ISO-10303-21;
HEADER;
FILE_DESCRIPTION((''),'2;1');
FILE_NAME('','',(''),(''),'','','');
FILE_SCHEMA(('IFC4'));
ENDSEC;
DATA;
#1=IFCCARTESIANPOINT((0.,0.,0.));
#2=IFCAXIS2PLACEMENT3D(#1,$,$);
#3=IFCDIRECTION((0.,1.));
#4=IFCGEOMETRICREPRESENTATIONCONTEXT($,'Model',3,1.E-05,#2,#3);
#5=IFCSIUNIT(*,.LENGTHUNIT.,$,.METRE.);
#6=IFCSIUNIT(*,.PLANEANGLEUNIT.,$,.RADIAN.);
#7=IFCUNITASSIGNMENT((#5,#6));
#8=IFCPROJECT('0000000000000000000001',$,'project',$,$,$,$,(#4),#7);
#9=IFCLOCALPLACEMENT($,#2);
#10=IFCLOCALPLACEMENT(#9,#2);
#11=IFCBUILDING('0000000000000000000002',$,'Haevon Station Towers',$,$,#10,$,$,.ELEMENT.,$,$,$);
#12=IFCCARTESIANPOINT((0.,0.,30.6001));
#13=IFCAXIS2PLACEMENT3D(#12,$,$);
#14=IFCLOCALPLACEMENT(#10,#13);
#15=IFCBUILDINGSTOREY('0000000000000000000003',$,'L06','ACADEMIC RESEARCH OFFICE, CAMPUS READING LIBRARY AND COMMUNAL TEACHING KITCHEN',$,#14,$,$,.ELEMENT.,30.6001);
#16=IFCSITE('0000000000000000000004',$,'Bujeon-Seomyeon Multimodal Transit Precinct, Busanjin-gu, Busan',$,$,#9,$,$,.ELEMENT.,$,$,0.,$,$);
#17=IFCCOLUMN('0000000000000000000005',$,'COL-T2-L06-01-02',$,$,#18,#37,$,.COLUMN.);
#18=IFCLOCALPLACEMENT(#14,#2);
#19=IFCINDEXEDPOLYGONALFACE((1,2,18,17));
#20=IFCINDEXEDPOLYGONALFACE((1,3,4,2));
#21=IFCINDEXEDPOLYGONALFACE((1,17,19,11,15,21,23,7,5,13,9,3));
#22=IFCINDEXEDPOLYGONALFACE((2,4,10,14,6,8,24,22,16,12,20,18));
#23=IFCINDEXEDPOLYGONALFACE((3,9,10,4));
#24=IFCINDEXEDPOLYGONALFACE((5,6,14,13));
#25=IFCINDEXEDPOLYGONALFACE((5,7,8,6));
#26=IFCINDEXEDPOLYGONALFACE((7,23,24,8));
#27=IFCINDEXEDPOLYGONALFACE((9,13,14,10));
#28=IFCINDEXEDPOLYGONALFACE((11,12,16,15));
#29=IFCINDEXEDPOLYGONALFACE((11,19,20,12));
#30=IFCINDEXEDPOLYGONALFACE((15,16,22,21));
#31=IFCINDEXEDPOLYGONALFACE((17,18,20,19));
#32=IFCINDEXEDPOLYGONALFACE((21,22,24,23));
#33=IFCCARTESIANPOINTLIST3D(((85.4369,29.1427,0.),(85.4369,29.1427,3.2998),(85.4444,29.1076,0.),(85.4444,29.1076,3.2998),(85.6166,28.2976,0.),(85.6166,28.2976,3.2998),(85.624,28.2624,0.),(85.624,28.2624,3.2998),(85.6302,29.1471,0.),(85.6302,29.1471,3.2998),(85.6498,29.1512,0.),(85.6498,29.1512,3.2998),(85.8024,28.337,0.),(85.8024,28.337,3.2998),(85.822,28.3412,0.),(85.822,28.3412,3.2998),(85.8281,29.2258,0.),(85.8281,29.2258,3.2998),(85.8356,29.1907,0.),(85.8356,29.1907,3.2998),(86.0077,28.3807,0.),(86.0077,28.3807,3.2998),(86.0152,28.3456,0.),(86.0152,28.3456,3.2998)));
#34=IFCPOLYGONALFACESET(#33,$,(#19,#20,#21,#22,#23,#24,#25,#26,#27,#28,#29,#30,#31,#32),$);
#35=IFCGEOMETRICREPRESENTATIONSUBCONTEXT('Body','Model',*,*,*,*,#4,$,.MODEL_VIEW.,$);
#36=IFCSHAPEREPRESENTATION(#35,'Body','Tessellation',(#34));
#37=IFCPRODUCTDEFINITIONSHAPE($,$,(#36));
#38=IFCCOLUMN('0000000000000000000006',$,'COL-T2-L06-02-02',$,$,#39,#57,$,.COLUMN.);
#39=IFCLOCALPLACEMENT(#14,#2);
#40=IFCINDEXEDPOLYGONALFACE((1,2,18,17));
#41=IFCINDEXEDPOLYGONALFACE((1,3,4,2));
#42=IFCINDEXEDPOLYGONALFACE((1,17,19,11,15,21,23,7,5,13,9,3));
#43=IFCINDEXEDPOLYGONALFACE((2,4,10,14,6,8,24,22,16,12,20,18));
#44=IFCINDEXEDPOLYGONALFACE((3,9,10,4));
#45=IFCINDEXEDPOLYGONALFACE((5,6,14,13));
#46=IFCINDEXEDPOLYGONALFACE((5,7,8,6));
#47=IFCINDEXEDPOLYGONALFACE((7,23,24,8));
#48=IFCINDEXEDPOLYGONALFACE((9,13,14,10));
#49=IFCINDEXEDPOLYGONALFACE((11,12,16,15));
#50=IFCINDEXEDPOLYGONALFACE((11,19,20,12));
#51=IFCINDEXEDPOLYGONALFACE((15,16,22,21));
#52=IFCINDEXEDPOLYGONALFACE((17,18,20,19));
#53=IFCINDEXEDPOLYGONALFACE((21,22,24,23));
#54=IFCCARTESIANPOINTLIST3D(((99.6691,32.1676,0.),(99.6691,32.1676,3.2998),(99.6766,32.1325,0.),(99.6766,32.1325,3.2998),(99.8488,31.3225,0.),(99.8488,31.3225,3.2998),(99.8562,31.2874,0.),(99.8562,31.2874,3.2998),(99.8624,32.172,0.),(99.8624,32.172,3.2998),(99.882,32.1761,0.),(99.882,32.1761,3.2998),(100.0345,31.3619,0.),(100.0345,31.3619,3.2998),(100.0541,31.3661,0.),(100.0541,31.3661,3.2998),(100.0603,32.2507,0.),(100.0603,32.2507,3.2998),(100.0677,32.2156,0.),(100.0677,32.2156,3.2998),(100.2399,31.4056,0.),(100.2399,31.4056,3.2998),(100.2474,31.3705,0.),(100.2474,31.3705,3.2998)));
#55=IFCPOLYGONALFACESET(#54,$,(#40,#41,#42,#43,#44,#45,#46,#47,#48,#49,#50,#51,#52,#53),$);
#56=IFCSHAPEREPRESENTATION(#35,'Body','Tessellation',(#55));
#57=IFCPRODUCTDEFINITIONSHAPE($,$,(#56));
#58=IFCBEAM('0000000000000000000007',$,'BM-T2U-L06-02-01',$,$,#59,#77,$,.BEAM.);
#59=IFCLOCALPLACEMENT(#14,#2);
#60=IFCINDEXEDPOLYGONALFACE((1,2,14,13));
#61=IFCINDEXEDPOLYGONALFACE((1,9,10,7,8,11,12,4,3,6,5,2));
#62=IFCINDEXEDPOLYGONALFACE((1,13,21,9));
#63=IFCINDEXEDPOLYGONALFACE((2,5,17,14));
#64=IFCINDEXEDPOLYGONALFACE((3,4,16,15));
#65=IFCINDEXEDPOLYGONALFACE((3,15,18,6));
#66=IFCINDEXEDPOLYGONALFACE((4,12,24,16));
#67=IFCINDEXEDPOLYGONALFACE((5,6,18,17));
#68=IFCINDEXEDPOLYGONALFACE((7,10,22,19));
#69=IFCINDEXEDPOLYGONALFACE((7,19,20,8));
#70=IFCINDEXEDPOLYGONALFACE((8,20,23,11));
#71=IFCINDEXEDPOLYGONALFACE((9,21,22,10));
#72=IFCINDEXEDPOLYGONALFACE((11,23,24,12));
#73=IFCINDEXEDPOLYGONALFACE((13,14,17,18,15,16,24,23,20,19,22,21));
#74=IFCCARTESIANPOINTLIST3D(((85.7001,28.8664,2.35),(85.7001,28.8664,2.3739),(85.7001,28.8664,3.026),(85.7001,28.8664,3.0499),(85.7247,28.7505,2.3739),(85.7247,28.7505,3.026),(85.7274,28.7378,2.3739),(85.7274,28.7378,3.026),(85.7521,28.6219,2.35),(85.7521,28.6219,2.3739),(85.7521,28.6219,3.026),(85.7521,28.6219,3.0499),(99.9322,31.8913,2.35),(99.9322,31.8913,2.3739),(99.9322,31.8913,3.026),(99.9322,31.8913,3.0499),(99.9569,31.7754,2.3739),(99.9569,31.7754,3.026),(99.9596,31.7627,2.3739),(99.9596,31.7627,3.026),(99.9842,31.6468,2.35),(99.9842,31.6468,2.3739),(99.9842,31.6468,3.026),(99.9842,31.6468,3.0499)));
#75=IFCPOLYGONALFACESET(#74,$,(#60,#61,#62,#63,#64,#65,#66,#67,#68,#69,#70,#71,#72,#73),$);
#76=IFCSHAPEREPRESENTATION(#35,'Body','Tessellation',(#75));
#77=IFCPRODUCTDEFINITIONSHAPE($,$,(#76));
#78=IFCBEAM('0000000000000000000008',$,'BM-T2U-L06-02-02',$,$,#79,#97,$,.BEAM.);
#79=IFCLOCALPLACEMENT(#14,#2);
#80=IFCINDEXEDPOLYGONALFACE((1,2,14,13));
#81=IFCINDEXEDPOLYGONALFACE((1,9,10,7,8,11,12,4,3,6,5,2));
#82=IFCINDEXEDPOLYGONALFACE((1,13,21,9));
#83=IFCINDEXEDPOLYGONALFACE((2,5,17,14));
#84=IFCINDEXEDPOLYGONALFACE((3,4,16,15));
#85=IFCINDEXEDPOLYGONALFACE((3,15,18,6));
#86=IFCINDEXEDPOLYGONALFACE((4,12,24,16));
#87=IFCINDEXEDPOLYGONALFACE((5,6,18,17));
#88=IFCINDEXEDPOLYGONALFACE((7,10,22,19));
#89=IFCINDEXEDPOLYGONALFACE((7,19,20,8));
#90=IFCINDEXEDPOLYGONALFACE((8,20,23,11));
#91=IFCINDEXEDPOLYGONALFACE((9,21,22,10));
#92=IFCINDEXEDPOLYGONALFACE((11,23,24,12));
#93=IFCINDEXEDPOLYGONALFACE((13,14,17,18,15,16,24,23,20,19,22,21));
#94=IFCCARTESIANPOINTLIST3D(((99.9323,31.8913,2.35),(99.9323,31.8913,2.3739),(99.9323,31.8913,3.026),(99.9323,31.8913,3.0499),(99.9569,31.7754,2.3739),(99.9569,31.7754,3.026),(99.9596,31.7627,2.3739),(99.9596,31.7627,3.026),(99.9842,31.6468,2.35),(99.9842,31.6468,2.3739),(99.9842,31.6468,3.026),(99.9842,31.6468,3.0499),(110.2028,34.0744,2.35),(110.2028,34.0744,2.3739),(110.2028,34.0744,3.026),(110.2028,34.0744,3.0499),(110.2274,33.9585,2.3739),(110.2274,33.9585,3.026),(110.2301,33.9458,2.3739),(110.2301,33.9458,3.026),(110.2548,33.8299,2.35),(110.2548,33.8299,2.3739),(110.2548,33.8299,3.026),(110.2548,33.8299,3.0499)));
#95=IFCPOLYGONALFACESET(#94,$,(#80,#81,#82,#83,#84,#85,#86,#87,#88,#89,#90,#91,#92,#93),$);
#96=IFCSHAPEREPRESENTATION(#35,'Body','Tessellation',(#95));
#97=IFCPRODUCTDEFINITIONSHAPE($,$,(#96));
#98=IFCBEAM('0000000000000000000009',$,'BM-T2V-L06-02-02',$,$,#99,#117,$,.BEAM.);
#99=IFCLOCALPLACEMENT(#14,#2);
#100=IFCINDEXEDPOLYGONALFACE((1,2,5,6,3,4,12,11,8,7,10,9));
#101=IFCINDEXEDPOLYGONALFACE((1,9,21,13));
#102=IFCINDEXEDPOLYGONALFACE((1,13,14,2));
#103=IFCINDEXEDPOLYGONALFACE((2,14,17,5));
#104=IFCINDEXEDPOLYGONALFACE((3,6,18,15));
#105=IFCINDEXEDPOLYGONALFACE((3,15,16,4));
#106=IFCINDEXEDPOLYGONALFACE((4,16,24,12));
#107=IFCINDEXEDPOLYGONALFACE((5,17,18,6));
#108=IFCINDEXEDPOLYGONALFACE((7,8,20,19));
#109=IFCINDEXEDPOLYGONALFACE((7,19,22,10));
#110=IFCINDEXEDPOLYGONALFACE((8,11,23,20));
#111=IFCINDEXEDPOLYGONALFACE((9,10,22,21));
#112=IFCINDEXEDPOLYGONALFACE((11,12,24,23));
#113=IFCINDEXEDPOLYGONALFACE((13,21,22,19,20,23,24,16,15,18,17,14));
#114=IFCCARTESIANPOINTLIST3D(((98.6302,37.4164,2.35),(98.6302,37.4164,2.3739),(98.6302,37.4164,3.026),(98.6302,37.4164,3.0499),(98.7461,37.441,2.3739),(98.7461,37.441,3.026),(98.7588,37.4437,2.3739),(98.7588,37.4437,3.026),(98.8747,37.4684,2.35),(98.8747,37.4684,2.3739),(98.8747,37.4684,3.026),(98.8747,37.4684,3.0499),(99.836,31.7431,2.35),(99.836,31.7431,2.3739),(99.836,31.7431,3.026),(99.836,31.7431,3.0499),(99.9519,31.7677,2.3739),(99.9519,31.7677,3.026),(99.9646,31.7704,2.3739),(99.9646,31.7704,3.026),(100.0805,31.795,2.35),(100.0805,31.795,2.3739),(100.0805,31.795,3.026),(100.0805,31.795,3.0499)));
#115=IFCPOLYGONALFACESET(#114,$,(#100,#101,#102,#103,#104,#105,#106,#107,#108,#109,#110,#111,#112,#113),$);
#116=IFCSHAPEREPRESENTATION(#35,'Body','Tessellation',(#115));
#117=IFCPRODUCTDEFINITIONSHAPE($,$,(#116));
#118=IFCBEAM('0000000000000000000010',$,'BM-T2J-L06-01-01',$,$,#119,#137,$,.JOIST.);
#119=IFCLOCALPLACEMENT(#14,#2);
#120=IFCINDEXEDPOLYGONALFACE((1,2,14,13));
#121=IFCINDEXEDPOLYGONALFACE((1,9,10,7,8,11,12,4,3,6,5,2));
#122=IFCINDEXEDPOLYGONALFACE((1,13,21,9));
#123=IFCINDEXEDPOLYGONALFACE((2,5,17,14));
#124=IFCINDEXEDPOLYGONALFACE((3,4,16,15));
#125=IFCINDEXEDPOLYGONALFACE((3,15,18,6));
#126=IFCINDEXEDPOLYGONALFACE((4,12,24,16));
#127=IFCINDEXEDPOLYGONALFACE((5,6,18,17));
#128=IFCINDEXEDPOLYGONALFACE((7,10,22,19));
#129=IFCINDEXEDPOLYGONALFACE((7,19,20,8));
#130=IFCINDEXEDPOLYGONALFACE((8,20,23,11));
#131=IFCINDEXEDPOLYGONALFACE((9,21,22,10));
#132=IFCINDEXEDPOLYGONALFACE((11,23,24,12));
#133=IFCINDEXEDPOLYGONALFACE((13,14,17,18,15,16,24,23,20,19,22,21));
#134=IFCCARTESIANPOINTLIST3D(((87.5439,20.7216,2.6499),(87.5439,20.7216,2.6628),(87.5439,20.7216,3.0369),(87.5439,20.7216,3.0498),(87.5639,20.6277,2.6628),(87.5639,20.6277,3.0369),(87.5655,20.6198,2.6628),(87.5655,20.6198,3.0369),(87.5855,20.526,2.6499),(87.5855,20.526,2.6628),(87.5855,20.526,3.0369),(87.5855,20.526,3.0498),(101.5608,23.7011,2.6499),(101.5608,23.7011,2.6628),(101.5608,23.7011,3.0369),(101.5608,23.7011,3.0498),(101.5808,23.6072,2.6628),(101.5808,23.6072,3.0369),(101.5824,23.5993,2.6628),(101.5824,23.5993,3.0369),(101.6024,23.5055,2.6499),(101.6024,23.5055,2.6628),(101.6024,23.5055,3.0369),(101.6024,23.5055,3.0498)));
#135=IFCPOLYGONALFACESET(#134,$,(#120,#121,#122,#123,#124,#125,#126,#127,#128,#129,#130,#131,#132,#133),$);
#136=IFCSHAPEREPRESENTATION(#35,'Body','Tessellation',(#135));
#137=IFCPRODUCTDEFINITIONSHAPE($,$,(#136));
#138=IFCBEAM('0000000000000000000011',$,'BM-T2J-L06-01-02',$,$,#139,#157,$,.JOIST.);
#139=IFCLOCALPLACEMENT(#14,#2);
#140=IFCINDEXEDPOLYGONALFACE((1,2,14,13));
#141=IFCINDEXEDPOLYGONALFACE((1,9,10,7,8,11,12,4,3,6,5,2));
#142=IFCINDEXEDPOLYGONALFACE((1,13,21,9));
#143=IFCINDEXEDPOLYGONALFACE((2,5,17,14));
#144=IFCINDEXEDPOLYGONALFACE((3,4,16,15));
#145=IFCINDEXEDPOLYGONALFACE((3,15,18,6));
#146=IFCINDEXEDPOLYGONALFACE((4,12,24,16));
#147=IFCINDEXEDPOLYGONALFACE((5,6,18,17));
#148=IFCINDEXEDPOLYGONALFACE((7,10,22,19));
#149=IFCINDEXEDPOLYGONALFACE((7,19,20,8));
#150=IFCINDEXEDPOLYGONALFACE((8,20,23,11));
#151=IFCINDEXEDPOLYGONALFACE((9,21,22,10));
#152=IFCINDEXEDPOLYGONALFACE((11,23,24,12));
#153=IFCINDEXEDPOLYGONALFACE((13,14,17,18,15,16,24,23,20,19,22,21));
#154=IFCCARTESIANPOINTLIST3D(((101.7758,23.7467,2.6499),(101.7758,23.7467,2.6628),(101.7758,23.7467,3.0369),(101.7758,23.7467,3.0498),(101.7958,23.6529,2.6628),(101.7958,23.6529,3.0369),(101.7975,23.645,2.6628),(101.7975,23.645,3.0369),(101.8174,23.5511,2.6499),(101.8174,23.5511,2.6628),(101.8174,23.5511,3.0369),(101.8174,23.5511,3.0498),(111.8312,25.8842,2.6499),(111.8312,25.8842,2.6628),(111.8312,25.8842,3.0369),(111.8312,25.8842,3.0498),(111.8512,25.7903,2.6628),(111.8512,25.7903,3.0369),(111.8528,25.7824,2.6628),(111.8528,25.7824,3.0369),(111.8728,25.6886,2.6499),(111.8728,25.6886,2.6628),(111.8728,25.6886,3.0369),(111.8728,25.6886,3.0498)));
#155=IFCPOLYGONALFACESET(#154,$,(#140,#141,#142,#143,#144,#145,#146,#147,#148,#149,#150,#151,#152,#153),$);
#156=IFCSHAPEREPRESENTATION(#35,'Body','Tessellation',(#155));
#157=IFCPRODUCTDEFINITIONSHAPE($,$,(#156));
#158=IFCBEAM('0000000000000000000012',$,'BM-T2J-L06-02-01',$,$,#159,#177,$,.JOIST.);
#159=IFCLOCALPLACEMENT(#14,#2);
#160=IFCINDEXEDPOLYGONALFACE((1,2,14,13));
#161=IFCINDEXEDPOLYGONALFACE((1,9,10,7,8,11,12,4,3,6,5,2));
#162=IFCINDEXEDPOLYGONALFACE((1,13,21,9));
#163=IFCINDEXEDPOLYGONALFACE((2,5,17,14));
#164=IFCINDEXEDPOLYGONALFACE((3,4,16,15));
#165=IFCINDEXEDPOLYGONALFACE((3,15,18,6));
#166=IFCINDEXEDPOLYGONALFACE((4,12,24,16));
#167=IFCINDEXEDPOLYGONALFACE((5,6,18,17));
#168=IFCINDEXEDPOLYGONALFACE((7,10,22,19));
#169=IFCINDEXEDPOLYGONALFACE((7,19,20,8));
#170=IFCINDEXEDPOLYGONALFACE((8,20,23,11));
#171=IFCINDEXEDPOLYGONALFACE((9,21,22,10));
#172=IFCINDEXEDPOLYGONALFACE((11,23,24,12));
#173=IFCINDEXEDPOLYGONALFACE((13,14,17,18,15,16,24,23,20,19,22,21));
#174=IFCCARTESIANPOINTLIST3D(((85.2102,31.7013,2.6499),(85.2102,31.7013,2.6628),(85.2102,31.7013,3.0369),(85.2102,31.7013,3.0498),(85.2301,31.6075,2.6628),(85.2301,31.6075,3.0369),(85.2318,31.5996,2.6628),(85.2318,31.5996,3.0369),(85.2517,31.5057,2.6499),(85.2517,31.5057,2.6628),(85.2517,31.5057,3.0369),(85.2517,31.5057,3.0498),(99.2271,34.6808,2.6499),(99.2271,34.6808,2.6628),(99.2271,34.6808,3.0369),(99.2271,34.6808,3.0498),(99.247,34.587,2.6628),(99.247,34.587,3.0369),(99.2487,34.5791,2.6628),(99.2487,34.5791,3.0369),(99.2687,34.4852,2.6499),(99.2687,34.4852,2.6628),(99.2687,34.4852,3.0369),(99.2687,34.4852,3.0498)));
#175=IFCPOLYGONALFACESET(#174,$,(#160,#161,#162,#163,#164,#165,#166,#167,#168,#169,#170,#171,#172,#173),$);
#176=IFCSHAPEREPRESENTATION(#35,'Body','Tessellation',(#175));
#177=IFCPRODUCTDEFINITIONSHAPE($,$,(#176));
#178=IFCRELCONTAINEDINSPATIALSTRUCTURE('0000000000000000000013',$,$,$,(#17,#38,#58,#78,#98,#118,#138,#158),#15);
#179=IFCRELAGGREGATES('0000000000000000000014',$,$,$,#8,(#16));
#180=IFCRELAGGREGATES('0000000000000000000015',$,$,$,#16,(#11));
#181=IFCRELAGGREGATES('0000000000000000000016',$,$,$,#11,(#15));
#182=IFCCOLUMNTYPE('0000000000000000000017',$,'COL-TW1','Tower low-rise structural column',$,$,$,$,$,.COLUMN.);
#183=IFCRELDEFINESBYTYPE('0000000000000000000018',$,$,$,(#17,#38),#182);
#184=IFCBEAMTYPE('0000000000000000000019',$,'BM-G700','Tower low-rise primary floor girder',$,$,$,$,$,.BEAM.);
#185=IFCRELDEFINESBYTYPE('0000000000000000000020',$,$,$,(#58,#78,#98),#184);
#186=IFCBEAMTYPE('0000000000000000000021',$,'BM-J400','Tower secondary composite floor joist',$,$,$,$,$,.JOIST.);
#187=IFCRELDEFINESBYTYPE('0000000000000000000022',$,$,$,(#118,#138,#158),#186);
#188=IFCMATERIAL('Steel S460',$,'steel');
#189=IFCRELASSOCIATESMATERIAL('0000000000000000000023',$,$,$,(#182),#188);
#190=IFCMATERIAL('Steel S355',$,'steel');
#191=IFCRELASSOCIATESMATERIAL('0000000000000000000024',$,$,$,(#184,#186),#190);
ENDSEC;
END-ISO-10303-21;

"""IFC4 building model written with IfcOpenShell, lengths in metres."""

from ifc_helpers import new_model, si_unit, direction, frame, origin, origin_2d, place, context, subcontext, project, spatial, i_section, extrude, material, material_profile, profile_set, type_object, element, save


model = new_model("IFC4")

# Units and contexts
model_context = context("Model", 3, precision=1e-05, world=origin(), true_north=direction((0.0, 1.0)))
body_context = subcontext(model_context, "Body", "Model", "MODEL_VIEW")
ifc_project = project(units=[si_unit("LENGTHUNIT", "METRE"), si_unit("PLANEANGLEUNIT", "RADIAN")], contexts=[model_context])

# Site, building, storey
site_placement = place(None, origin())
site = spatial("IfcSite", under=ifc_project, at=site_placement, Name="Bujeon-Seomyeon Multimodal Transit Precinct, Busanjin-gu, Busan", CompositionType="ELEMENT", RefElevation=0.0)
building_placement = place(site_placement, origin())
building = spatial("IfcBuilding", under=site, at=building_placement, Name="Haevon Station Towers", CompositionType="ELEMENT")
storey_placement = place(building_placement, frame((0.0, 0.0, 30.6001)))
storey = spatial("IfcBuildingStorey", under=building, at=storey_placement, Name="L06", Description="ACADEMIC RESEARCH OFFICE, CAMPUS READING LIBRARY AND COMMUNAL TEACHING KITCHEN", CompositionType="ELEMENT", Elevation=30.6001)

# Columns
ifc_material_1 = material(Name="Steel S460", Category="steel")
ifc_material_profile_1 = material_profile(ifc_material_1, i_section(OverallWidth=0.3999, OverallDepth=0.8999, WebThickness=0.02, FlangeThickness=0.0359, at=origin_2d()), Name="H-900x400x20x36")
ifc_profile_set_1 = profile_set([ifc_material_profile_1], Name="Steel S460")
column_type = type_object("IfcColumnType", Name="COL-TW1", Description="Tower low-rise structural column", PredefinedType="COLUMN", material=ifc_profile_set_1)
for number, where, z_axis, x_axis, name in (
    (1, (85.7261, 28.7441, 0.0), (0.0, 0.0, 1.0), (0.978148, 0.207912, 0.0), "COL-T2-L06-01-02"),
    (2, (99.9583, 31.769, 0.0), (0.0, 0.0, 1.0), (0.978148, 0.207912, 0.0), "COL-T2-L06-02-02"),
):
    element("IfcColumn", number, at=place(storey_placement, frame(where, z_axis=z_axis, x_axis=x_axis)), inside=storey, type_object=column_type, Name=name, PredefinedType="COLUMN", context=body_context, shape_type="SweptSolid", body=[
        extrude(i_section(OverallWidth=0.3999, OverallDepth=0.8999, WebThickness=0.02, FlangeThickness=0.0359, at=origin_2d()), origin(), (0.0, 0.0, 1.0), 3.2998),
    ])

# Beams
ifc_material_2 = material(Name="Steel S355", Category="steel")
ifc_material_profile_2 = material_profile(ifc_material_2, i_section(OverallWidth=0.25, OverallDepth=0.7, WebThickness=0.0129, FlangeThickness=0.0239, at=origin_2d()), Name="H-700x250x13x24")
ifc_profile_set_2 = profile_set([ifc_material_profile_2], Name="Steel S355")
beam_type_1 = type_object("IfcBeamType", Name="BM-G700", Description="Tower low-rise primary floor girder", PredefinedType="BEAM", material=ifc_profile_set_2)
beam_1_placement = place(storey_placement, frame((85.7261, 28.7441, 2.7), z_axis=(0.978151, 0.207896, 0.0), x_axis=(-0.207896, 0.978151, 0.0)))
element("IfcBeam", 3, at=beam_1_placement, inside=storey, type_object=beam_type_1, Name="BM-T2U-L06-02-01", PredefinedType="BEAM", context=body_context, shape_type="SweptSolid", body=[
    extrude(i_section(OverallWidth=0.25, OverallDepth=0.7, WebThickness=0.0129, FlangeThickness=0.0239, at=origin_2d()), origin(), (0.0, 0.0, 1.0), 14.55),
])
beam_2_placement = place(storey_placement, frame((99.9583, 31.769, 2.7), z_axis=(0.978147, 0.207915, 0.0), x_axis=(-0.207915, 0.978147, 0.0)))
element("IfcBeam", 4, at=beam_2_placement, inside=storey, type_object=beam_type_1, Name="BM-T2U-L06-02-02", PredefinedType="BEAM", context=body_context, shape_type="SweptSolid", body=[
    extrude(i_section(OverallWidth=0.25, OverallDepth=0.7, WebThickness=0.0129, FlangeThickness=0.0239, at=origin_2d()), origin(), (0.0, 0.0, 1.0), 10.5),
])
beam_3_placement = place(storey_placement, frame((99.9583, 31.769, 2.7), z_axis=(-0.207896, 0.978151, 0.0), x_axis=(-0.978151, -0.207896, 0.0)))
element("IfcBeam", 5, at=beam_3_placement, inside=storey, type_object=beam_type_1, Name="BM-T2V-L06-02-02", PredefinedType="BEAM", context=body_context, shape_type="SweptSolid", body=[
    extrude(i_section(OverallWidth=0.25, OverallDepth=0.7, WebThickness=0.0129, FlangeThickness=0.0239, at=origin_2d()), origin(), (0.0, 0.0, 1.0), 5.8),
])
ifc_material_profile_3 = material_profile(ifc_material_2, i_section(OverallWidth=0.2, OverallDepth=0.3999, WebThickness=0.0081, FlangeThickness=0.0129, at=origin_2d()), Name="H-400x200x8x13")
ifc_profile_set_3 = profile_set([ifc_material_profile_3], Name="Steel S355")
beam_type_2 = type_object("IfcBeamType", Name="BM-J400", Description="Tower secondary composite floor joist", PredefinedType="JOIST", material=ifc_profile_set_3)
beam_4_placement = place(storey_placement, frame((87.5647, 20.6238, 2.8499), z_axis=(0.978146, 0.20792, 0.0), x_axis=(-0.20792, 0.978146, 0.0)))
element("IfcBeam", 6, at=beam_4_placement, inside=storey, type_object=beam_type_2, Name="BM-T2J-L06-01-01", PredefinedType="JOIST", context=body_context, shape_type="SweptSolid", body=[
    extrude(i_section(OverallWidth=0.2, OverallDepth=0.3999, WebThickness=0.0081, FlangeThickness=0.0129, at=origin_2d()), origin(), (0.0, 0.0, 1.0), 14.3301),
])
beam_5_placement = place(storey_placement, frame((101.7966, 23.6489, 2.8499), z_axis=(0.978146, 0.207922, 0.0), x_axis=(-0.207922, 0.978146, 0.0)))
element("IfcBeam", 7, at=beam_5_placement, inside=storey, type_object=beam_type_2, Name="BM-T2J-L06-01-02", PredefinedType="JOIST", context=body_context, shape_type="SweptSolid", body=[
    extrude(i_section(OverallWidth=0.2, OverallDepth=0.3999, WebThickness=0.0081, FlangeThickness=0.0129, at=origin_2d()), origin(), (0.0, 0.0, 1.0), 10.28),
])
beam_6_placement = place(storey_placement, frame((85.231, 31.6035, 2.8499), z_axis=(0.978146, 0.20792, 0.0), x_axis=(-0.20792, 0.978146, 0.0)))
element("IfcBeam", 8, at=beam_6_placement, inside=storey, type_object=beam_type_2, Name="BM-T2J-L06-02-01", PredefinedType="JOIST", context=body_context, shape_type="SweptSolid", body=[
    extrude(i_section(OverallWidth=0.2, OverallDepth=0.3999, WebThickness=0.0081, FlangeThickness=0.0129, at=origin_2d()), origin(), (0.0, 0.0, 1.0), 14.3301),
])

save(model, "model.ifc")
